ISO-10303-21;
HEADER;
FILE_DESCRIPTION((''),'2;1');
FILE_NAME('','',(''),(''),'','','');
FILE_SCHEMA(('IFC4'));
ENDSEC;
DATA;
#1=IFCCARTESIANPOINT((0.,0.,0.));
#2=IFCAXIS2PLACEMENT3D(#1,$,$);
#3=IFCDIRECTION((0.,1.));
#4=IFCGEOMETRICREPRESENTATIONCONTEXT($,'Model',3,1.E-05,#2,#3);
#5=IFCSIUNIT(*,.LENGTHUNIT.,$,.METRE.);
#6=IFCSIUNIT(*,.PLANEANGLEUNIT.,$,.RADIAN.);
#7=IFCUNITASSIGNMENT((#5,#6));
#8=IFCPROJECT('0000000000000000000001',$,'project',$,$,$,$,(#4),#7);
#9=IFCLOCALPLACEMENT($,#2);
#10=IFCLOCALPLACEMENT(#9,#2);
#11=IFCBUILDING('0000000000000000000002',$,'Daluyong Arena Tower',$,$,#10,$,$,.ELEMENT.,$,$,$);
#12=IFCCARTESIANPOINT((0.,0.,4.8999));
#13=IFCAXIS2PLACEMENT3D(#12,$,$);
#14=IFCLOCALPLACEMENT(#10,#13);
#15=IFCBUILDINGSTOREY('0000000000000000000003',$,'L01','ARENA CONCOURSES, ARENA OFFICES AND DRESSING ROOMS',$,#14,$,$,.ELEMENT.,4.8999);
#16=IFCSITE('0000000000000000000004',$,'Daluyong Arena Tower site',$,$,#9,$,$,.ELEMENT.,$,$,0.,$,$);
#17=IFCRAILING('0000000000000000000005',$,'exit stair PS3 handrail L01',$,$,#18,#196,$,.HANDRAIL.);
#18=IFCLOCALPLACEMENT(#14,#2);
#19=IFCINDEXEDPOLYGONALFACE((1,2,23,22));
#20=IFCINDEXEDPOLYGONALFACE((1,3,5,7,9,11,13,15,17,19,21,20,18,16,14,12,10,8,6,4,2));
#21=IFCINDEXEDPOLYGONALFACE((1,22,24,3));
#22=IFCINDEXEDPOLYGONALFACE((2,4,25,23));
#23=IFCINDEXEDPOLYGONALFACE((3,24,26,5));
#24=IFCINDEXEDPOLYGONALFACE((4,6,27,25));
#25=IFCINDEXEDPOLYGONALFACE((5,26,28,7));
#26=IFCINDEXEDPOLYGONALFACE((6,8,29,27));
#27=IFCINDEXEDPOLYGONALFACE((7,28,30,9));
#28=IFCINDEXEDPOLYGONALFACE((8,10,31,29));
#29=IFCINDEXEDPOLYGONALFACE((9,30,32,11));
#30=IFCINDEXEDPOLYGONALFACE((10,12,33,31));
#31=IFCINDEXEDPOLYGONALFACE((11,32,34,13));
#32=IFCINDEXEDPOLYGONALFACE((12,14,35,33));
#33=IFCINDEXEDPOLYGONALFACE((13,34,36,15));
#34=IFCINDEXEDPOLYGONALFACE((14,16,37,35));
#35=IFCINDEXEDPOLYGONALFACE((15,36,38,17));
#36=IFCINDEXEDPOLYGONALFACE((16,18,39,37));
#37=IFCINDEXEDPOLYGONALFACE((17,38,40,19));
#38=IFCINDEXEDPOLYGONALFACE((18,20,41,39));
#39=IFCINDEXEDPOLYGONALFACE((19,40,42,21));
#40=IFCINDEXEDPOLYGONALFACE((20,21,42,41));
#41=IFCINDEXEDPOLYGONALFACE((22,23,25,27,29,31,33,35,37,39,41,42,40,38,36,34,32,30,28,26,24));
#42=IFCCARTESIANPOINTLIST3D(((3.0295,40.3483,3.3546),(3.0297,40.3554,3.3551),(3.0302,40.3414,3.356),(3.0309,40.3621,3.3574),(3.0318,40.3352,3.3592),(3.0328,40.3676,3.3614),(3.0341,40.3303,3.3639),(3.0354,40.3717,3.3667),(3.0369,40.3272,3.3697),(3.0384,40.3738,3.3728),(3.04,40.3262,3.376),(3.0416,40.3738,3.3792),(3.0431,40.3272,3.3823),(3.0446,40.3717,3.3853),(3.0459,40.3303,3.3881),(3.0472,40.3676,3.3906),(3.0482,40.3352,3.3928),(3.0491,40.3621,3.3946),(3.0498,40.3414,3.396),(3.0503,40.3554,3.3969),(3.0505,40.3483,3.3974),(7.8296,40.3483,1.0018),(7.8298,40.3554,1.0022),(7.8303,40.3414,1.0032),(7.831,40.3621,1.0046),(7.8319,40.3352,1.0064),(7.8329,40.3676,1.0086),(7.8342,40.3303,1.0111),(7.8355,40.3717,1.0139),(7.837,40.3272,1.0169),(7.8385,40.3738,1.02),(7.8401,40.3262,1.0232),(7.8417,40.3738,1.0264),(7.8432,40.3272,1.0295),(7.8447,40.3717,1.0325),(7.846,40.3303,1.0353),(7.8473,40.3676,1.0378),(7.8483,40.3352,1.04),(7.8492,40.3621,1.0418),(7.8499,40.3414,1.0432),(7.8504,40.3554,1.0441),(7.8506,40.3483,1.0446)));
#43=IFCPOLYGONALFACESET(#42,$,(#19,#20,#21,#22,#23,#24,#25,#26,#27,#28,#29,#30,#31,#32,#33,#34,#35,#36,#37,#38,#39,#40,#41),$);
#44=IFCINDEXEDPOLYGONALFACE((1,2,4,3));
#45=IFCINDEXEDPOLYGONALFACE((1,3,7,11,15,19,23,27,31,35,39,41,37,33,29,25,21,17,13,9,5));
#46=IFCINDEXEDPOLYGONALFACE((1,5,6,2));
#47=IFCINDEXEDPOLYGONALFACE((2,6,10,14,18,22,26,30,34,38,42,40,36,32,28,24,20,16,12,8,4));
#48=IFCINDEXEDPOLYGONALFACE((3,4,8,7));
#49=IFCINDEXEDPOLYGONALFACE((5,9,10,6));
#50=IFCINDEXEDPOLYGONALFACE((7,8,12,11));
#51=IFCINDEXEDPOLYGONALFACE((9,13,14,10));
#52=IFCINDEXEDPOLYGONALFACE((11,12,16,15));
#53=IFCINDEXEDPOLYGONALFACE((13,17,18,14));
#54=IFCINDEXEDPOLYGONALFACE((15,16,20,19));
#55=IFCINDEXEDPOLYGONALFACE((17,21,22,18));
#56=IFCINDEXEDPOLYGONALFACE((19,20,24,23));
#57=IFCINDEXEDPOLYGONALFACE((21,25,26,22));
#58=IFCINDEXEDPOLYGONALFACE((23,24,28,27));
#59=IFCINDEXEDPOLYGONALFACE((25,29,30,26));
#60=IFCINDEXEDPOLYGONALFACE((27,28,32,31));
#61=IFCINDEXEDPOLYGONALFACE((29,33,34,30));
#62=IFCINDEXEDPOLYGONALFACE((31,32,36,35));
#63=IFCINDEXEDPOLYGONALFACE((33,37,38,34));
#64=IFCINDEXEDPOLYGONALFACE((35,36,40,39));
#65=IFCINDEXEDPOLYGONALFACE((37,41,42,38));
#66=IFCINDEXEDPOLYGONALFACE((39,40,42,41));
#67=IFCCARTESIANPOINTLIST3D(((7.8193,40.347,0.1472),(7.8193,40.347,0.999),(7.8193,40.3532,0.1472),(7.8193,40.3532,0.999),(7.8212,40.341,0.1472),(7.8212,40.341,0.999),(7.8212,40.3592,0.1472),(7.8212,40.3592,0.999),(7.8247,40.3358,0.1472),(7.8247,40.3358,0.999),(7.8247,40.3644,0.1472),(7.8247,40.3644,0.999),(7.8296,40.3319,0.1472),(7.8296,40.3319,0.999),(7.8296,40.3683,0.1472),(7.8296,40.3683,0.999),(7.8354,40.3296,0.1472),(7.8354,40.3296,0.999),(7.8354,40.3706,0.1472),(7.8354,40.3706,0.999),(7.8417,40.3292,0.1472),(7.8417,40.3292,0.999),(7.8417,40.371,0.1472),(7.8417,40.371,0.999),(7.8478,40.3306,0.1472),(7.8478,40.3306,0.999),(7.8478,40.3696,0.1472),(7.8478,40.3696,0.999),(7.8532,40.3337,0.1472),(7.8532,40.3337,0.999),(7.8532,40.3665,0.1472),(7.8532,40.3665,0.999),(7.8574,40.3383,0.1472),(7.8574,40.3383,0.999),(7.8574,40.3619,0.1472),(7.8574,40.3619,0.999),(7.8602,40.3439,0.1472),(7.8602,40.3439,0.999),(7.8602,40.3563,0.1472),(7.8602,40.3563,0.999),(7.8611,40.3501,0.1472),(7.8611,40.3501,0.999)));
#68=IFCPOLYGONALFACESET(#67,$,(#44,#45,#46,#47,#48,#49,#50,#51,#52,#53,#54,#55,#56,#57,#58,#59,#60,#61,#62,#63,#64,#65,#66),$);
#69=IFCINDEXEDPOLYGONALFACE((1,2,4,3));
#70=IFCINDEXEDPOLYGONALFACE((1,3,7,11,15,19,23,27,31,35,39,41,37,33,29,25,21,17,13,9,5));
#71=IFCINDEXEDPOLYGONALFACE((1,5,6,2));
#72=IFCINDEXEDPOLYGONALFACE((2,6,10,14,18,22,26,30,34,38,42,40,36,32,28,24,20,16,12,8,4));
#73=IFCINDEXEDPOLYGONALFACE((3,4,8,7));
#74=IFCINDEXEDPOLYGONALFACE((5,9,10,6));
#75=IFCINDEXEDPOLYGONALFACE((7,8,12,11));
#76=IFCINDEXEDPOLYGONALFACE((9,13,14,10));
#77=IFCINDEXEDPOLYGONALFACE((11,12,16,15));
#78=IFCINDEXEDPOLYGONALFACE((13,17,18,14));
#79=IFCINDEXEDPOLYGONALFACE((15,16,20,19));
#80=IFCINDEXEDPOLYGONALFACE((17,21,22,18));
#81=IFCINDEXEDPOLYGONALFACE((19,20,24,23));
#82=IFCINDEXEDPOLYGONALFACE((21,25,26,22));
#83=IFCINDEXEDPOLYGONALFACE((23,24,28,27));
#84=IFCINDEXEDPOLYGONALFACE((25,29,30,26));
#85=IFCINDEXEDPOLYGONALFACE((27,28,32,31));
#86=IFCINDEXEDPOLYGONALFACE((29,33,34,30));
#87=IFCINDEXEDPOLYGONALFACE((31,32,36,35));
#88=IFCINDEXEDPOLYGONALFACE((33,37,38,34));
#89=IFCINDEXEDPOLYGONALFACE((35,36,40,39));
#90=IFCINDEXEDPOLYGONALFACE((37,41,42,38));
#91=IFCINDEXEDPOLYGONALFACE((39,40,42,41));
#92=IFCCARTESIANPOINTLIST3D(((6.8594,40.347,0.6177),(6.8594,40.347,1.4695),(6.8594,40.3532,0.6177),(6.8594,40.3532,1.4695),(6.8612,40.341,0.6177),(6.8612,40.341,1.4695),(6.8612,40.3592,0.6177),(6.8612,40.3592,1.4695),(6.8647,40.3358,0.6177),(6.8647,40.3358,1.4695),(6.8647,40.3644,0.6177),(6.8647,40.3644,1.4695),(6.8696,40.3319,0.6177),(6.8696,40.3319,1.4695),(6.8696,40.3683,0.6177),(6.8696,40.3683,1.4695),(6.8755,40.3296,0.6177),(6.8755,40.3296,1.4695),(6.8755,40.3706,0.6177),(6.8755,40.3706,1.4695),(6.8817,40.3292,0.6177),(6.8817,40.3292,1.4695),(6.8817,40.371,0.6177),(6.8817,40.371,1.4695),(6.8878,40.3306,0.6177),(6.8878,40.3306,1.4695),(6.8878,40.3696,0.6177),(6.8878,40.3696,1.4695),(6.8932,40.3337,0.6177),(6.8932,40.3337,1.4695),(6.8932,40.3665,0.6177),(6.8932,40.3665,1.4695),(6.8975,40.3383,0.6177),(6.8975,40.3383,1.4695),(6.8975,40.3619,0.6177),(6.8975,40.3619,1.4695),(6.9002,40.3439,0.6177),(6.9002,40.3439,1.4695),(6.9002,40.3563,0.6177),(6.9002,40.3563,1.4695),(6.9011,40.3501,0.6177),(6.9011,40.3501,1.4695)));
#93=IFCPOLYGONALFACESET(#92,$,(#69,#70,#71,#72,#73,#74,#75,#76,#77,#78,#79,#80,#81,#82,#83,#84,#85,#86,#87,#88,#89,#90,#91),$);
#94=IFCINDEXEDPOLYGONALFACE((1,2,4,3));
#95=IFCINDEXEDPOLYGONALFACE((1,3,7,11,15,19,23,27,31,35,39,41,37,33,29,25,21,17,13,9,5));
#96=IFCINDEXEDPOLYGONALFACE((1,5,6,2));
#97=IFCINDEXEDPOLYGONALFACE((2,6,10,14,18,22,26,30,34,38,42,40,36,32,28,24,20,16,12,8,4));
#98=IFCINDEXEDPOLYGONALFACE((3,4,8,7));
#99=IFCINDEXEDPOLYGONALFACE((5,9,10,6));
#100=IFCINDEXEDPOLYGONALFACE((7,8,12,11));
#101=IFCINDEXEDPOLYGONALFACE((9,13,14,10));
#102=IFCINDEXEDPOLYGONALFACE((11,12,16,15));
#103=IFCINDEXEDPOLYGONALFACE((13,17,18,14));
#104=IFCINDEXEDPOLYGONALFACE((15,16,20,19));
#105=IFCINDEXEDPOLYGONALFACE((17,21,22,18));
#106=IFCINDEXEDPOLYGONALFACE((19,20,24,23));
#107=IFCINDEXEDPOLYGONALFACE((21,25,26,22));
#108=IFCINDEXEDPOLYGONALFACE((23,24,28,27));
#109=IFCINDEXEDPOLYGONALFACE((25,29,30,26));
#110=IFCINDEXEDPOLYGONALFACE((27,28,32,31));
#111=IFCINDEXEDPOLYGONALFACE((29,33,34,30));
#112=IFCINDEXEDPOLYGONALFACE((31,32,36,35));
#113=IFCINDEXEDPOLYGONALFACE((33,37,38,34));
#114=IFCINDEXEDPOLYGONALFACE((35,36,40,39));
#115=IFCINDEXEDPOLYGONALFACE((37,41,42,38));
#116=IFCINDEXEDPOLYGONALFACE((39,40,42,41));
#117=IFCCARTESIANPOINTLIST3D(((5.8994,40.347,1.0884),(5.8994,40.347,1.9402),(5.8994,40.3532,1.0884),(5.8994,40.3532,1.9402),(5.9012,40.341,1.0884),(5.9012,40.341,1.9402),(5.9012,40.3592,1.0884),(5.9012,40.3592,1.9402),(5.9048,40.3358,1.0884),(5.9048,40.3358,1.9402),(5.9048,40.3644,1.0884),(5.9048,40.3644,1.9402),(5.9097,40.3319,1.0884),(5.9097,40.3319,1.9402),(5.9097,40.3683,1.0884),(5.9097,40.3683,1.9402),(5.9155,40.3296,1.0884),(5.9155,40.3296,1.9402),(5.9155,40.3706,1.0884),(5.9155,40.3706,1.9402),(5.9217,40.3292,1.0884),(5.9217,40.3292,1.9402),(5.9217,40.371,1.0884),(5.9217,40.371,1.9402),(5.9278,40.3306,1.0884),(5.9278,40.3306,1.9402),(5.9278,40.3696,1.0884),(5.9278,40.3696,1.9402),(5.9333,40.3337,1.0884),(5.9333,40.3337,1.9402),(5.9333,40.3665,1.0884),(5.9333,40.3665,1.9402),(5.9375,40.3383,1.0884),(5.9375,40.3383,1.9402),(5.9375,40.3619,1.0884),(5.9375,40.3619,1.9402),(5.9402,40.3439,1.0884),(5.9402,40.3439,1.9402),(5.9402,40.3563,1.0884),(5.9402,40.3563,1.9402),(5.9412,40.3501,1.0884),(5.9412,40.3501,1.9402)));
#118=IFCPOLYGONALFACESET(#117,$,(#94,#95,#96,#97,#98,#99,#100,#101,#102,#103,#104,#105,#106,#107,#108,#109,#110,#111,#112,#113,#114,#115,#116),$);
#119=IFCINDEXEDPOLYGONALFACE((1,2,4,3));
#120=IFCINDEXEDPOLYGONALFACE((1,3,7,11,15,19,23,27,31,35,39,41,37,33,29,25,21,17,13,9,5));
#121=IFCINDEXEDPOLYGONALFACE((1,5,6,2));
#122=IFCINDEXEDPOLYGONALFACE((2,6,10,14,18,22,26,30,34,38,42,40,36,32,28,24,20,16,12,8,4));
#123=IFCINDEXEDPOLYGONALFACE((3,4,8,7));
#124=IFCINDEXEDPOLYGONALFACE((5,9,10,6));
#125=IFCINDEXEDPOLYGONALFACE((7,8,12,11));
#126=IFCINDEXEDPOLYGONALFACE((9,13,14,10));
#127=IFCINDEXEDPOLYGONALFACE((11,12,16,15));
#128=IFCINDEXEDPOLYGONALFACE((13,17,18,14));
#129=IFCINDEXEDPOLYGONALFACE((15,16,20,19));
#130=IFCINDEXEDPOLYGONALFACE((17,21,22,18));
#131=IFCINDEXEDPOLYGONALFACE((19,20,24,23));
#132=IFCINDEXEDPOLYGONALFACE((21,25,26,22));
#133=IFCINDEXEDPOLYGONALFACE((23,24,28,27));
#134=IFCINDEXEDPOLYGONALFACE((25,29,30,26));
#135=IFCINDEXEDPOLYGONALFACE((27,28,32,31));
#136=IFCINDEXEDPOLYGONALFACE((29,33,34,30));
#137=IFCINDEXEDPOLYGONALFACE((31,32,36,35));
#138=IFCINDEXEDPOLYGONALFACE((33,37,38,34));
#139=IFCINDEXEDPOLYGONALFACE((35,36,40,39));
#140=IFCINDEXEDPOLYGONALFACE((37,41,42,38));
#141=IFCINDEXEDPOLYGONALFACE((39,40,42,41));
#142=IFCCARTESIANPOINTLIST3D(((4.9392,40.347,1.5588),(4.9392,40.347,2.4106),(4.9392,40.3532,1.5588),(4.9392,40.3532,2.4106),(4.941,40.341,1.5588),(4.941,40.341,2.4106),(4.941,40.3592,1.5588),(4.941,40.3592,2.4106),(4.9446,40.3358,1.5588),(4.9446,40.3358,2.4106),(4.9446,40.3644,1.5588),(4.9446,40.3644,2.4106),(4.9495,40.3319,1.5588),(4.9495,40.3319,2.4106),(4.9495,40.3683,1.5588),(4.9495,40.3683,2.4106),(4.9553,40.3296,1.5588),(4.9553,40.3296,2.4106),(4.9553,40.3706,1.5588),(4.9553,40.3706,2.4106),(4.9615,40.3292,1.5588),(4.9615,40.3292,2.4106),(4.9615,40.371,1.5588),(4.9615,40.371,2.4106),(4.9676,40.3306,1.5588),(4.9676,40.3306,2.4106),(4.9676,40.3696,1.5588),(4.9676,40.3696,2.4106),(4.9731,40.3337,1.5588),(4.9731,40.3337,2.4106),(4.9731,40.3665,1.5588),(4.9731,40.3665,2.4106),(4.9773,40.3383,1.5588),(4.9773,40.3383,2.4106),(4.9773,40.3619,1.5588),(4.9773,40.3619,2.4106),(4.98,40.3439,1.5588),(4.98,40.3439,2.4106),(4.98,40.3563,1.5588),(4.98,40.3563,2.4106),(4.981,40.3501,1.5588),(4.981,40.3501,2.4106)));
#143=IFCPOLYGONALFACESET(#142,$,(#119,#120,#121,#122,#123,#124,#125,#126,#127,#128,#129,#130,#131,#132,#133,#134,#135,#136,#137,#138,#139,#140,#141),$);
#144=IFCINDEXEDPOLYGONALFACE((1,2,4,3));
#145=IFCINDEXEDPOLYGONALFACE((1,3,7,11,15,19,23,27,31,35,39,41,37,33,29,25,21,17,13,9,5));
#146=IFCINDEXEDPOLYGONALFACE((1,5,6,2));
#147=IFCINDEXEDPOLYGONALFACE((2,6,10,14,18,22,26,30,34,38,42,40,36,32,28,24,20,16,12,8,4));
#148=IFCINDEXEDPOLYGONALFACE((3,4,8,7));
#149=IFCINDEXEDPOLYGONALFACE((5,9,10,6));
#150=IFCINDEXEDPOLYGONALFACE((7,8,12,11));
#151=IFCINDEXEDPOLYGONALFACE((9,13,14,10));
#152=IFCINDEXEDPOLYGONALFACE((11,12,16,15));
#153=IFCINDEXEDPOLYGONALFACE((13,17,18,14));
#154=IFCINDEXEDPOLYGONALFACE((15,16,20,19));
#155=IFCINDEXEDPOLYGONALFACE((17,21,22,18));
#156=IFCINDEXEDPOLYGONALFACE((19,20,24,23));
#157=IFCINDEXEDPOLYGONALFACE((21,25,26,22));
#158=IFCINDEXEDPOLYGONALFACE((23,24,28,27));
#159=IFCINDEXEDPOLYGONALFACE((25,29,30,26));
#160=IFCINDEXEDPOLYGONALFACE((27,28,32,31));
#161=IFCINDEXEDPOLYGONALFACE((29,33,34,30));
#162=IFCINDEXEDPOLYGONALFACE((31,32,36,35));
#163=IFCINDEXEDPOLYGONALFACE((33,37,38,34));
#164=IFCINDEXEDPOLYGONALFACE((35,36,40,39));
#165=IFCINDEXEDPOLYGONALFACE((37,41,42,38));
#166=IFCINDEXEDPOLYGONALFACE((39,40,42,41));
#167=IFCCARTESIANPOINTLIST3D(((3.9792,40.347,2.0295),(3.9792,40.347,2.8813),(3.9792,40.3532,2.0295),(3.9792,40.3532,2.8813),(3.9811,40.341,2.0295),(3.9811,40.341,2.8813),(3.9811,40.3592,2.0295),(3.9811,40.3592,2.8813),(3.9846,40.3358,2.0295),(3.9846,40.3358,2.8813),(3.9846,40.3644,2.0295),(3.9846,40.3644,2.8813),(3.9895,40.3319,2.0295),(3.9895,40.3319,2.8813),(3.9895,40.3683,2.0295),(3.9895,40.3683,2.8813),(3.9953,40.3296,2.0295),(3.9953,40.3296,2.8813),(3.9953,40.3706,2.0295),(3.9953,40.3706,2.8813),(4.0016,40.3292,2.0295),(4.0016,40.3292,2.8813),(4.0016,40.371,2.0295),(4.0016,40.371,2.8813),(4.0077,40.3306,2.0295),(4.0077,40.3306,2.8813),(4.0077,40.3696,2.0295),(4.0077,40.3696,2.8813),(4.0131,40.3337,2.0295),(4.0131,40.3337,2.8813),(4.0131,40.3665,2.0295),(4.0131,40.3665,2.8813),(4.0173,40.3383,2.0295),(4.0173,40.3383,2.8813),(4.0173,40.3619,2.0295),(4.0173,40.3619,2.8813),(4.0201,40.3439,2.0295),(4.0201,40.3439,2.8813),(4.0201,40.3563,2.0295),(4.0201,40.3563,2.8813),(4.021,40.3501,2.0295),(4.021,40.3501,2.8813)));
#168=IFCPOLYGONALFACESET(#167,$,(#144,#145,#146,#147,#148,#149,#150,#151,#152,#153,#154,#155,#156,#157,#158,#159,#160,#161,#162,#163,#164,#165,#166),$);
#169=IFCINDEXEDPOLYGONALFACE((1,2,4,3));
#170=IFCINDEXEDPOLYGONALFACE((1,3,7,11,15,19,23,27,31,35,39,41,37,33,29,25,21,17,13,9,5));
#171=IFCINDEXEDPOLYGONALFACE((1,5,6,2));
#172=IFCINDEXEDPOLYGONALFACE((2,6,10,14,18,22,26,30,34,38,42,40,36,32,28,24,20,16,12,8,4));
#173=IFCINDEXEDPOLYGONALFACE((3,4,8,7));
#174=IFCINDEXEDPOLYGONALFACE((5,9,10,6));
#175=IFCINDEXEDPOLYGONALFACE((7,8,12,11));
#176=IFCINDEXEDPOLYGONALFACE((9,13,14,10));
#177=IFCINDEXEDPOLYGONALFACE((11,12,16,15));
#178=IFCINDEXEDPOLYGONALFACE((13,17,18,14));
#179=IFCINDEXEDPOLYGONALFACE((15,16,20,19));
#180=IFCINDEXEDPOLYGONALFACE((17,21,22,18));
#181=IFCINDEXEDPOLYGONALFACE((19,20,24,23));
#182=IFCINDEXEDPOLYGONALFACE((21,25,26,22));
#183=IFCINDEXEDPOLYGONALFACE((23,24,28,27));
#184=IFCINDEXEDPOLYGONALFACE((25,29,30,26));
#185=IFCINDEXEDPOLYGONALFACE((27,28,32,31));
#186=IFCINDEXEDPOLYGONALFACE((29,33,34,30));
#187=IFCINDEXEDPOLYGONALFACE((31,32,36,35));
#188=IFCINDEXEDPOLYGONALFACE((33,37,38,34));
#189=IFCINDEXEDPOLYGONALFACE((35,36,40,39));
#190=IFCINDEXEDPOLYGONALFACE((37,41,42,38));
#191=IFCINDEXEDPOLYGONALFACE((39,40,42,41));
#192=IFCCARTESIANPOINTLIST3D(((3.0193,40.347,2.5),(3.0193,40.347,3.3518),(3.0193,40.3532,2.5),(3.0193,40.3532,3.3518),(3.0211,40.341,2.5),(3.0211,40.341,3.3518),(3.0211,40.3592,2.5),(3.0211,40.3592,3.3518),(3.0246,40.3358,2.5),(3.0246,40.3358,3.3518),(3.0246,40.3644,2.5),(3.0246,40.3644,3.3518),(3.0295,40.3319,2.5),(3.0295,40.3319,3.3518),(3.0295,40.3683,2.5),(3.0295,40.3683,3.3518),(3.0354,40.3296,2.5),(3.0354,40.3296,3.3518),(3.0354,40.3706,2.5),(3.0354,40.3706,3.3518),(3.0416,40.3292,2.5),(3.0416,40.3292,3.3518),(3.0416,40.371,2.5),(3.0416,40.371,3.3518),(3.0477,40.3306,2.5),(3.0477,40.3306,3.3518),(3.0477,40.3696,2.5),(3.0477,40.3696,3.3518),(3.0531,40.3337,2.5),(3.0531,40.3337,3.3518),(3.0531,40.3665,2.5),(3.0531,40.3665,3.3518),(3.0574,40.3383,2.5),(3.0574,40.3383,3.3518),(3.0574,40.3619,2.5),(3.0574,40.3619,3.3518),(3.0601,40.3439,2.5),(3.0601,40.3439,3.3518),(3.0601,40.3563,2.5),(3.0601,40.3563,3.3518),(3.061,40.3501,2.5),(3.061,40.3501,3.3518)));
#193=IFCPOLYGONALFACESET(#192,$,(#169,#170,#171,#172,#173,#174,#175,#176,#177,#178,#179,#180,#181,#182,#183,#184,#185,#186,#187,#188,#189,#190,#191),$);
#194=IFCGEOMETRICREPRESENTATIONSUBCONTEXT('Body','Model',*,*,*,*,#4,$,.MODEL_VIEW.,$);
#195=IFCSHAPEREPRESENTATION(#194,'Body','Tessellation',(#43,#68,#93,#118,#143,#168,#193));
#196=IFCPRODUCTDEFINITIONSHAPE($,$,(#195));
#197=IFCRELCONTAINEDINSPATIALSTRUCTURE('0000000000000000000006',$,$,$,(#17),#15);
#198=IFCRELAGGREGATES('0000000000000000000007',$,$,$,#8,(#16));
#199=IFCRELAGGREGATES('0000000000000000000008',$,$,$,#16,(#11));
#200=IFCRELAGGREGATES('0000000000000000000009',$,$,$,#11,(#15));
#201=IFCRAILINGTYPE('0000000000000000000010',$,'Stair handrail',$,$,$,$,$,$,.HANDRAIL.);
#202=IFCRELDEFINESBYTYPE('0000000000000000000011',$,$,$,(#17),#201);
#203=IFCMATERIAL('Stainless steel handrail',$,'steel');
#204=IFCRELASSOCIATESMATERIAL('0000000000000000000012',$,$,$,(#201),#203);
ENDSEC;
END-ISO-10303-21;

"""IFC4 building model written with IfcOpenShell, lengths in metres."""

from ifc_helpers import new_model, si_unit, direction, frame, origin, origin_2d, place, context, subcontext, project, spatial, circle, extrude, material, type_object, element, save


model = new_model("IFC4")

# Units and contexts
model_context = context("Model", 3, precision=1e-05, world=origin(), true_north=direction((0.0, 1.0)))
body_context = subcontext(model_context, "Body", "Model", "MODEL_VIEW")
ifc_project = project(units=[si_unit("LENGTHUNIT", "METRE"), si_unit("PLANEANGLEUNIT", "RADIAN")], contexts=[model_context])

# Site, building, storey
site_placement = place(None, origin())
site = spatial("IfcSite", under=ifc_project, at=site_placement, Name="Daluyong Arena Tower site", CompositionType="ELEMENT", RefElevation=0.0)
building_placement = place(site_placement, origin())
building = spatial("IfcBuilding", under=site, at=building_placement, Name="Daluyong Arena Tower", CompositionType="ELEMENT")
storey_placement = place(building_placement, frame((0.0, 0.0, 4.8999)))
storey = spatial("IfcBuildingStorey", under=building, at=storey_placement, Name="L01", Description="ARENA CONCOURSES, ARENA OFFICES AND DRESSING ROOMS", CompositionType="ELEMENT", Elevation=4.8999)

# Railing
ifc_material_1 = material(Name="Stainless steel handrail", Category="steel")
railing_type_1 = type_object("IfcRailingType", Name="Stair handrail", PredefinedType="HANDRAIL", material=ifc_material_1)
railing_1_placement = place(storey_placement, frame((7.8401, 40.3501, 0.1472)))
element("IfcRailing", 1, at=railing_1_placement, inside=storey, type_object=railing_type_1, Name="exit stair PS3 handrail L01", PredefinedType="HANDRAIL", context=body_context, shape_type="SweptSolid", body=[
    extrude(circle(Radius=0.0239, at=origin_2d()), frame((0.0, 0.0, 0.876), z_axis=(-0.897934, 0.0, 0.44013), x_axis=(0.0, -1.0, 0.0)), (0.0, 0.0, 1.0), 5.3457),
    extrude(circle(Radius=0.021, at=origin_2d()), origin(), (0.0, 0.0, 1.0), 0.8518),
    extrude(circle(Radius=0.021, at=origin_2d()), frame((-0.96, 0.0, 0.4705)), (0.0, 0.0, 1.0), 0.8518),
    extrude(circle(Radius=0.021, at=origin_2d()), frame((-1.9199, 0.0, 0.9412)), (0.0, 0.0, 1.0), 0.8518),
    extrude(circle(Radius=0.021, at=origin_2d()), frame((-2.8801, 0.0, 1.4116)), (0.0, 0.0, 1.0), 0.8518),
    extrude(circle(Radius=0.021, at=origin_2d()), frame((-3.8401, 0.0, 1.8823)), (0.0, 0.0, 1.0), 0.8518),
    extrude(circle(Radius=0.021, at=origin_2d()), frame((-4.8, 0.0, 2.3528)), (0.0, 0.0, 1.0), 0.8518),
])

save(model, "model.ifc")
